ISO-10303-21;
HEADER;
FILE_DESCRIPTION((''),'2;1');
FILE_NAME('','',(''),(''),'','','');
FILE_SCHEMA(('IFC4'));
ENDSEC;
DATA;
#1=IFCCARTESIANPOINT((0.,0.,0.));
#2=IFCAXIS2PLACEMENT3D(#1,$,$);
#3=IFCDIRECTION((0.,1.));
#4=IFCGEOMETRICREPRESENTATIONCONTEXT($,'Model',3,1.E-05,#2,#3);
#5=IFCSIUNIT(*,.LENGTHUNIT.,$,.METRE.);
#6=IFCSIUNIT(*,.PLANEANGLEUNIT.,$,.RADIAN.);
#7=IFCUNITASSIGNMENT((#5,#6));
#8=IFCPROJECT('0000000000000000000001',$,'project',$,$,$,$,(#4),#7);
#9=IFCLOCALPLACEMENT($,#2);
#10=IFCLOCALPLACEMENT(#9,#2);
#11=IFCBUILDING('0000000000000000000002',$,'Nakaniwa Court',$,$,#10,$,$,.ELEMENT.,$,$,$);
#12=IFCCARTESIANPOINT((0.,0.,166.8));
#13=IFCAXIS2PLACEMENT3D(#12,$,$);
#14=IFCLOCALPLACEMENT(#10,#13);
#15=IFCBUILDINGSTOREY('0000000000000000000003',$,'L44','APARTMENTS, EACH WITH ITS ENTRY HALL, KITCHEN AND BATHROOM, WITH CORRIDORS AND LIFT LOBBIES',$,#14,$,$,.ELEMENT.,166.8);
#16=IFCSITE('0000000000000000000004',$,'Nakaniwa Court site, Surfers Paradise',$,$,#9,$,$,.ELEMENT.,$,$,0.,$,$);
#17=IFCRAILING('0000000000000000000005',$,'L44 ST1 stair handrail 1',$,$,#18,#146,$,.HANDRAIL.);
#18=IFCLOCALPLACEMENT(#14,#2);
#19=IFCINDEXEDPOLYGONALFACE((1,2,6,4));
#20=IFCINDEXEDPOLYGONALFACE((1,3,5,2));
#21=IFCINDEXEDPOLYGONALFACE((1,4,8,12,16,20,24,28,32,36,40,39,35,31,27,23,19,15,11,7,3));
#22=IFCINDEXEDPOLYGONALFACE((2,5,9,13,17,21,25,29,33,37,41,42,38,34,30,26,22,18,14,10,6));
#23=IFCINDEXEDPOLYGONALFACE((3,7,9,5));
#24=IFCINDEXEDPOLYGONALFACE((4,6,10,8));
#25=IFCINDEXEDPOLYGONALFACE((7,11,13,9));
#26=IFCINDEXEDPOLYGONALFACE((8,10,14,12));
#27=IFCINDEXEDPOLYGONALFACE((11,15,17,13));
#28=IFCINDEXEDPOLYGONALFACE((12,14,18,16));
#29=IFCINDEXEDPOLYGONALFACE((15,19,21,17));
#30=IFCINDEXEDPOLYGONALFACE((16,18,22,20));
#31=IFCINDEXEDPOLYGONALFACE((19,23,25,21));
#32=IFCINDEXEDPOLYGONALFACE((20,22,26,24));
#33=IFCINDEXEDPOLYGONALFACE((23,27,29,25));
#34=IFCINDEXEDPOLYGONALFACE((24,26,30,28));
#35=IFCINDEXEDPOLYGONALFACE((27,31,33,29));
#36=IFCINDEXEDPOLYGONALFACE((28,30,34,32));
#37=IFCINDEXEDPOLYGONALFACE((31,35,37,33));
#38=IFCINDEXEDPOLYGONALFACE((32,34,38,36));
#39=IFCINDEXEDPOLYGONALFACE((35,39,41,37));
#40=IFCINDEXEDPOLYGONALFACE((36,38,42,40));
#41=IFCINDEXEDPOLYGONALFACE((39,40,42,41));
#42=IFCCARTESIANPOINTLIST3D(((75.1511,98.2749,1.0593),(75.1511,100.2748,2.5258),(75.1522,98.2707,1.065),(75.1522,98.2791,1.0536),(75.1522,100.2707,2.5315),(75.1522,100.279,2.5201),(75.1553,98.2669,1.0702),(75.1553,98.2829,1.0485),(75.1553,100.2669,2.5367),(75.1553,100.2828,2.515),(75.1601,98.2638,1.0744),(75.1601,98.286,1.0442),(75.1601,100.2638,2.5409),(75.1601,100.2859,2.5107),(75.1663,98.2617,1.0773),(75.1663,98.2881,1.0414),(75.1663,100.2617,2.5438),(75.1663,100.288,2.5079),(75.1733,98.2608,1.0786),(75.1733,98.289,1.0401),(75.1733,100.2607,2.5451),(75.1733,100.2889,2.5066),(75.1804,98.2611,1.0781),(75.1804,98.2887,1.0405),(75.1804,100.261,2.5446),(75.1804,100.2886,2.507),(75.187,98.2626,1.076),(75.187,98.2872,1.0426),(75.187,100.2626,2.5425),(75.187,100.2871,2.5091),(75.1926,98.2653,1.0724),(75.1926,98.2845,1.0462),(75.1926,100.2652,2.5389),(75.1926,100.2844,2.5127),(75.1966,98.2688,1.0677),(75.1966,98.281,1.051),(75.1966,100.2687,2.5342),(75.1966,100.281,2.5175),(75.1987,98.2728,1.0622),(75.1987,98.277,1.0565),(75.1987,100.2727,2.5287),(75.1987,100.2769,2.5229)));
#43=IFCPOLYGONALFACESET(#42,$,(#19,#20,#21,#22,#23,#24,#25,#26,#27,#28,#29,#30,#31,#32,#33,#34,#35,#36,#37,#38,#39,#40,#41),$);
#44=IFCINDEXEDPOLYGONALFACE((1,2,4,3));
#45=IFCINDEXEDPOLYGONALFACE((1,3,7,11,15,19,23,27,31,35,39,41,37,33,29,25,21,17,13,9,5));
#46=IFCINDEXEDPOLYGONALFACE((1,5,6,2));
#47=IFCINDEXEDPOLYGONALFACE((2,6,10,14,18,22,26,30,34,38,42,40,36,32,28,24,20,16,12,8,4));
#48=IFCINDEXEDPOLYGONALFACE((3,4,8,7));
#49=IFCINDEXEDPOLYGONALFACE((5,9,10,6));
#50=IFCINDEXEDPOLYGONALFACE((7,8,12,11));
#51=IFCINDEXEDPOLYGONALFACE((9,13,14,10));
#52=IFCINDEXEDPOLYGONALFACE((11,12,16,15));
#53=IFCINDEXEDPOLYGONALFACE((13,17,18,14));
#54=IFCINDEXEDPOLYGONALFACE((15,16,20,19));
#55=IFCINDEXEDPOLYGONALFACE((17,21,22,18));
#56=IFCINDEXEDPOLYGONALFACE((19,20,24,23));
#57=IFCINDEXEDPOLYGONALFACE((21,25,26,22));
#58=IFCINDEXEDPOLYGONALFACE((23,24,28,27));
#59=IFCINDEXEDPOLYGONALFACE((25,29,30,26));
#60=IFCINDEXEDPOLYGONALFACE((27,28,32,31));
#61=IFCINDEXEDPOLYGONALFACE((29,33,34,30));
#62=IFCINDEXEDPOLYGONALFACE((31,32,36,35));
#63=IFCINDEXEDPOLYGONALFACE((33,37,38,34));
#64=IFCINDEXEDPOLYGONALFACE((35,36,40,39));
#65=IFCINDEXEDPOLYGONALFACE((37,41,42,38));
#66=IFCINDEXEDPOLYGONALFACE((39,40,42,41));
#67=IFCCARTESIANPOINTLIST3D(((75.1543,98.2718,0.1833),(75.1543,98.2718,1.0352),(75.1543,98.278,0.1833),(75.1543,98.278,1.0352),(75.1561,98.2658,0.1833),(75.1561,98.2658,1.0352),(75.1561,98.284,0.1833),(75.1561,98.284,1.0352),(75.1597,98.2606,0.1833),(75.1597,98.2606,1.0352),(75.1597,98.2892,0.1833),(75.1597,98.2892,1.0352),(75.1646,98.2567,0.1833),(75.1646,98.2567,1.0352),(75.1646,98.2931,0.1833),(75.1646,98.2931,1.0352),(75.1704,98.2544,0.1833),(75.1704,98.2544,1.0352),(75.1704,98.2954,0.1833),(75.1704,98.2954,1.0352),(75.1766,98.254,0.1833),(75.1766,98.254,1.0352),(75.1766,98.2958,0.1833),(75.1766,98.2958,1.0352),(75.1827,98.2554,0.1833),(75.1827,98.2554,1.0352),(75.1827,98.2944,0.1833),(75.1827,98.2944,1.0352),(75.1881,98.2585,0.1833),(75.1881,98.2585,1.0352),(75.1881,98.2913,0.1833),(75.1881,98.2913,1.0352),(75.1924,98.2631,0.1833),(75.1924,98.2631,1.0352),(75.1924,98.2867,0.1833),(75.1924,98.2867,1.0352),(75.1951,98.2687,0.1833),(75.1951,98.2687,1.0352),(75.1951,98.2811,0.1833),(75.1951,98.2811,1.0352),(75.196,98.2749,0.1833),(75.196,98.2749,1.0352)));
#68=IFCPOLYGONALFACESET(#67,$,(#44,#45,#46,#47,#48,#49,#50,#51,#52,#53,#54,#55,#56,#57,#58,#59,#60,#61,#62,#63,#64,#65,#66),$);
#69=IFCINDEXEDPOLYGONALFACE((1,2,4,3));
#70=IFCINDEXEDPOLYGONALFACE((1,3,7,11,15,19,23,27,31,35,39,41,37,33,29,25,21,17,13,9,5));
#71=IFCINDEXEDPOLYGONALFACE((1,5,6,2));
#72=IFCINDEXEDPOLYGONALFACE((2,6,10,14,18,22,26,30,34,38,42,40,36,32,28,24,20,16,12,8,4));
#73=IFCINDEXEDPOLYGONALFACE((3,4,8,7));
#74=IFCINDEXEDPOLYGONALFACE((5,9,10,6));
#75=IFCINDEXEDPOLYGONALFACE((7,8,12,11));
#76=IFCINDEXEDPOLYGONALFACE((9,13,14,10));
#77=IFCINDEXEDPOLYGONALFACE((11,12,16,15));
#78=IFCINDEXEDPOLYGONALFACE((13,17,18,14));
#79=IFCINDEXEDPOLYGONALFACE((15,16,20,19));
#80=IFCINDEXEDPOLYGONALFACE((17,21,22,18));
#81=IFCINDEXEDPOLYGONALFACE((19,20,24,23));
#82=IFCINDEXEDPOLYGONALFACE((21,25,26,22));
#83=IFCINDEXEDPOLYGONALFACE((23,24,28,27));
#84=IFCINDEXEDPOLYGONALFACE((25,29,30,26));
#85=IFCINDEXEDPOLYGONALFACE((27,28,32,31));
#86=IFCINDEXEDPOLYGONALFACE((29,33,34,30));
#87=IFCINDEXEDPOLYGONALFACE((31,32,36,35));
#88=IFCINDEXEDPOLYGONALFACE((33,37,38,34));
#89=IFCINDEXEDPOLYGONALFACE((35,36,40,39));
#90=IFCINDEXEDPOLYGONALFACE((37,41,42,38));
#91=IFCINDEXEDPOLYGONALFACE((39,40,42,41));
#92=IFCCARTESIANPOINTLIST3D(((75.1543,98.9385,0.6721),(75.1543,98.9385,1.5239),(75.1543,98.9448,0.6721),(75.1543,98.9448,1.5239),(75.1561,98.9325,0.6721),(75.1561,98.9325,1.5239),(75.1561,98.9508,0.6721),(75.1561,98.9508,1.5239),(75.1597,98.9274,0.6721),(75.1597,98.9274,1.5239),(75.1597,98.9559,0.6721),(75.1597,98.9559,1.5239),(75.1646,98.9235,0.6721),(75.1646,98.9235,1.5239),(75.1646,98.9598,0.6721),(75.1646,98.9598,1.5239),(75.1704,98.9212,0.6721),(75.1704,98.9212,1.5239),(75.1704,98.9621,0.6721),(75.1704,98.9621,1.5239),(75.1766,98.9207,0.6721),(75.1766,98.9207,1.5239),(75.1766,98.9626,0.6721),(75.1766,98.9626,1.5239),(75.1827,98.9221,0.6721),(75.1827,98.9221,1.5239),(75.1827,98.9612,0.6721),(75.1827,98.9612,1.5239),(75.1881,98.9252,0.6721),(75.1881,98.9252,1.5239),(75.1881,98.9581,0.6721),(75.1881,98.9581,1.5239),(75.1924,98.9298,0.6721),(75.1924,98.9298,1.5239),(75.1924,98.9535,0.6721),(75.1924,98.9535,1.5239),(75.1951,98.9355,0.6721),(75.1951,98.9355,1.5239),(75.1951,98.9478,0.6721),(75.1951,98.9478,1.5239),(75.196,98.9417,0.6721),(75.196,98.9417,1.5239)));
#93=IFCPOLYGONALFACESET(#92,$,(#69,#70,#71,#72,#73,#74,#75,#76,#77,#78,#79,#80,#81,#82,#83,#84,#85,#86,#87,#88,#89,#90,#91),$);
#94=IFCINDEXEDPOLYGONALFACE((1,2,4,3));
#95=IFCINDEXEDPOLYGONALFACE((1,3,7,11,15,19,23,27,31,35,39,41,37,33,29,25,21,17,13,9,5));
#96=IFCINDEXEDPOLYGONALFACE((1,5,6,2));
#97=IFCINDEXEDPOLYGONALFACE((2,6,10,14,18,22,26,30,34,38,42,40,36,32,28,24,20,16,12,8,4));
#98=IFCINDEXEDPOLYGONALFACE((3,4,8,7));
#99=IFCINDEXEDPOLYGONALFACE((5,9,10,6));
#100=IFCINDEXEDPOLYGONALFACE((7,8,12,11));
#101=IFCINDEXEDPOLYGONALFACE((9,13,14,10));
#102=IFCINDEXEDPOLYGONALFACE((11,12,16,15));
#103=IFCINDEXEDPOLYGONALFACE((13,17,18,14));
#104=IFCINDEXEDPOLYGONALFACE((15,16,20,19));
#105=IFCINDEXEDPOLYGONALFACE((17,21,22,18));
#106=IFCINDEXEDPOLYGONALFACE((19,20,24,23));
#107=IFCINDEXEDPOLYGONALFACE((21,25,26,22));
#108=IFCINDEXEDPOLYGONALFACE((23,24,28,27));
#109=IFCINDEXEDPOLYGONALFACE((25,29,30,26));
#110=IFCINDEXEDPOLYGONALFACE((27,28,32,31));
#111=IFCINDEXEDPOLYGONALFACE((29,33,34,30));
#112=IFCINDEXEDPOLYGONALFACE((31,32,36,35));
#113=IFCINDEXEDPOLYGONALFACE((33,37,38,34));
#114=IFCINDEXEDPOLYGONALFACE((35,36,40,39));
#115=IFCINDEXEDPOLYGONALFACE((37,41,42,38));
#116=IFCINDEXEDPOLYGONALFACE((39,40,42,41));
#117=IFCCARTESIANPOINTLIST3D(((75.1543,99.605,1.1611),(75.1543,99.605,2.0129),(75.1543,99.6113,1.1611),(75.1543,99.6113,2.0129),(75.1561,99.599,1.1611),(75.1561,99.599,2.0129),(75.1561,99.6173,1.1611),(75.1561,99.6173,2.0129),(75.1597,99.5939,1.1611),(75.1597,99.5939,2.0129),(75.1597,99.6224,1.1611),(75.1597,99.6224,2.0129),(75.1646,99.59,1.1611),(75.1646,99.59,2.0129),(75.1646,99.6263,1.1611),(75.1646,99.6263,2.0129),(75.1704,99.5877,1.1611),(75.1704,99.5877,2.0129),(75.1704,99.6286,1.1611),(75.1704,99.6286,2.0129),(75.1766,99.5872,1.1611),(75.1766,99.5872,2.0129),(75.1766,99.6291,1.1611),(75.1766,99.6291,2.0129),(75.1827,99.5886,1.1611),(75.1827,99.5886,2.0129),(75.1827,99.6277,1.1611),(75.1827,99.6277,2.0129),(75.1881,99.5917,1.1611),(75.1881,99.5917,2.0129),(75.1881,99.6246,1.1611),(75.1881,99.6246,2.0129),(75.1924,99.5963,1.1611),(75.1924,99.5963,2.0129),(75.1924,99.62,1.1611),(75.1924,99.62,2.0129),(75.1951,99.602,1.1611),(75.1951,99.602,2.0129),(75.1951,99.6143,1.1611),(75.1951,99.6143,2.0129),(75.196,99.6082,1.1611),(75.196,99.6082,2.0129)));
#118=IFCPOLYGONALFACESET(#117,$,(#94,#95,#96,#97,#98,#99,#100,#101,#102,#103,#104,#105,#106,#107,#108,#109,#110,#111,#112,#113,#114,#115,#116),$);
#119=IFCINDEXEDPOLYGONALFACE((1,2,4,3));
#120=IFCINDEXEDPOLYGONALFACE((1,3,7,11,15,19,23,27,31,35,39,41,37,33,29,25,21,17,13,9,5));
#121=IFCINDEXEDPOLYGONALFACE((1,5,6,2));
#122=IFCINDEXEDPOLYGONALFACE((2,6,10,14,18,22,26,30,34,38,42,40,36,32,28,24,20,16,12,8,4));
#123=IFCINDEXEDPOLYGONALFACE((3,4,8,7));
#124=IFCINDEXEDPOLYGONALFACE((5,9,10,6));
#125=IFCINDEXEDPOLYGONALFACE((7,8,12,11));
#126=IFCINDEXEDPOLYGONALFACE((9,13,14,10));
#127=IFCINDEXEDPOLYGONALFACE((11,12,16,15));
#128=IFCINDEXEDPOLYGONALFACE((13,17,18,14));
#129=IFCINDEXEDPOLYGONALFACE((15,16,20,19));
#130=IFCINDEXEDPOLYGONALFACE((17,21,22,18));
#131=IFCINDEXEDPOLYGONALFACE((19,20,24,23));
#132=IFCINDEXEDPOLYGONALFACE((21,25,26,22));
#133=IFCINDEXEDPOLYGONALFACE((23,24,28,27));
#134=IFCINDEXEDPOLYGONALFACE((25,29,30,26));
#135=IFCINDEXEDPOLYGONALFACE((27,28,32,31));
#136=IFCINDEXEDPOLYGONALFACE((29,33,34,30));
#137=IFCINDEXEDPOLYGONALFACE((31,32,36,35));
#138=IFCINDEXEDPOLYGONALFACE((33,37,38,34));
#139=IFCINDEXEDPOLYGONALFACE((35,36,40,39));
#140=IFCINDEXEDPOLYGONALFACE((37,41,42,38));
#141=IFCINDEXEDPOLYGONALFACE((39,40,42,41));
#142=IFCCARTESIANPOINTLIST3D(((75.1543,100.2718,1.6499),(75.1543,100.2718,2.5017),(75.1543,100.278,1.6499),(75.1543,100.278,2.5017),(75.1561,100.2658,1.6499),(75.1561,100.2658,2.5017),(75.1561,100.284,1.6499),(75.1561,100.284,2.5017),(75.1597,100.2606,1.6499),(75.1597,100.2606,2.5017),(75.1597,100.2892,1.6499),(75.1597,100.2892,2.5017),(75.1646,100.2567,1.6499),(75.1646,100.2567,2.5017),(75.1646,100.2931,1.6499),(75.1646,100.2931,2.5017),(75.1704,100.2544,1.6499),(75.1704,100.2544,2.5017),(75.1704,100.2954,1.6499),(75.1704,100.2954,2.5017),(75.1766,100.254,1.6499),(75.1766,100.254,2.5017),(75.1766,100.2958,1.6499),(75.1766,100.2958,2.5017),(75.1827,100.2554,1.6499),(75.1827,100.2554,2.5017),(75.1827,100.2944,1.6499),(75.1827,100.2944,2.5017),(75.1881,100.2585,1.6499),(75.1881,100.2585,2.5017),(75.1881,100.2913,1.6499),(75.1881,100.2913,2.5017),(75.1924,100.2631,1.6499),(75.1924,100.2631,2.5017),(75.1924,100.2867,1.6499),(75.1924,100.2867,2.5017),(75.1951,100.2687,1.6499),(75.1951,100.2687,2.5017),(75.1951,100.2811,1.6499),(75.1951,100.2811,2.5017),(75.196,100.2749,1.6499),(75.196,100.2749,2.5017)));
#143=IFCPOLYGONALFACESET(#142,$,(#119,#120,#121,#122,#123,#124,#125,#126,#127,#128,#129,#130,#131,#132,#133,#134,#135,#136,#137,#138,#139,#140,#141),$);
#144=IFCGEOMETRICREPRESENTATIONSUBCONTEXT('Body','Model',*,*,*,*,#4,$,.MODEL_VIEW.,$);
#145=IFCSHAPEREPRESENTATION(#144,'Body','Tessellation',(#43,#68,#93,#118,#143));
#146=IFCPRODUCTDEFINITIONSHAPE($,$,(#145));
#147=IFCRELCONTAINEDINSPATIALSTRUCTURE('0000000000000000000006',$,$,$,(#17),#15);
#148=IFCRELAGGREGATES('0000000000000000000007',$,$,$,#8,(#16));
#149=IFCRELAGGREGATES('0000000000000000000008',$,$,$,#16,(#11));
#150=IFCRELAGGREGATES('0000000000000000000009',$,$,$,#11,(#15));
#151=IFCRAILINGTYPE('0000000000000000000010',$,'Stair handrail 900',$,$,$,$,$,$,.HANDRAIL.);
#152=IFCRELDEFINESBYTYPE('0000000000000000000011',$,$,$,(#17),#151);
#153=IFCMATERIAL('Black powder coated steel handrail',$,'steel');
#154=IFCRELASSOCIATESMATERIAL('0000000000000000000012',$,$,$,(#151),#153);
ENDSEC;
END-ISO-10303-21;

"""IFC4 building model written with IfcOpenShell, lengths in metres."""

from ifc_helpers import new_model, si_unit, direction, frame, origin, origin_2d, place, context, subcontext, project, spatial, circle, extrude, material, type_object, element, save


model = new_model("IFC4")

# Units and contexts
model_context = context("Model", 3, precision=1e-05, world=origin(), true_north=direction((0.0, 1.0)))
body_context = subcontext(model_context, "Body", "Model", "MODEL_VIEW")
ifc_project = project(units=[si_unit("LENGTHUNIT", "METRE"), si_unit("PLANEANGLEUNIT", "RADIAN")], contexts=[model_context])

# Site, building, storey
site_placement = place(None, origin())
site = spatial("IfcSite", under=ifc_project, at=site_placement, Name="Nakaniwa Court site, Surfers Paradise", CompositionType="ELEMENT", RefElevation=0.0)
building_placement = place(site_placement, origin())
building = spatial("IfcBuilding", under=site, at=building_placement, Name="Nakaniwa Court", CompositionType="ELEMENT")
storey_placement = place(building_placement, frame((0.0, 0.0, 166.8)))
storey = spatial("IfcBuildingStorey", under=building, at=storey_placement, Name="L44", Description="APARTMENTS, EACH WITH ITS ENTRY HALL, KITCHEN AND BATHROOM, WITH CORRIDORS AND LIFT LOBBIES", CompositionType="ELEMENT", Elevation=166.8)

# Railing
ifc_material_1 = material(Name="Black powder coated steel handrail", Category="steel")
railing_type_1 = type_object("IfcRailingType", Name="Stair handrail 900", PredefinedType="HANDRAIL", material=ifc_material_1)
railing_1_placement = place(storey_placement, frame((75.175, 98.2749, 0.1833)))
element("IfcRailing", 1, at=railing_1_placement, inside=storey, type_object=railing_type_1, Name="L44 ST1 stair handrail 1", PredefinedType="HANDRAIL", context=body_context, shape_type="SweptSolid", body=[
    extrude(circle(Radius=0.0239, at=origin_2d()), frame((0.0, 0.0, 0.876), z_axis=(0.0, 0.806427, 0.591334), x_axis=(-1.0, 0.0, 0.0)), (0.0, 0.0, 1.0), 2.48),
    extrude(circle(Radius=0.021, at=origin_2d()), origin(), (0.0, 0.0, 1.0), 0.8518),
    extrude(circle(Radius=0.021, at=origin_2d()), frame((0.0, 0.6667, 0.4888)), (0.0, 0.0, 1.0), 0.8518),
    extrude(circle(Radius=0.021, at=origin_2d()), frame((0.0, 1.3333, 0.9778)), (0.0, 0.0, 1.0), 0.8518),
    extrude(circle(Radius=0.021, at=origin_2d()), frame((0.0, 2.0, 1.4666)), (0.0, 0.0, 1.0), 0.8518),
])

save(model, "model.ifc")
